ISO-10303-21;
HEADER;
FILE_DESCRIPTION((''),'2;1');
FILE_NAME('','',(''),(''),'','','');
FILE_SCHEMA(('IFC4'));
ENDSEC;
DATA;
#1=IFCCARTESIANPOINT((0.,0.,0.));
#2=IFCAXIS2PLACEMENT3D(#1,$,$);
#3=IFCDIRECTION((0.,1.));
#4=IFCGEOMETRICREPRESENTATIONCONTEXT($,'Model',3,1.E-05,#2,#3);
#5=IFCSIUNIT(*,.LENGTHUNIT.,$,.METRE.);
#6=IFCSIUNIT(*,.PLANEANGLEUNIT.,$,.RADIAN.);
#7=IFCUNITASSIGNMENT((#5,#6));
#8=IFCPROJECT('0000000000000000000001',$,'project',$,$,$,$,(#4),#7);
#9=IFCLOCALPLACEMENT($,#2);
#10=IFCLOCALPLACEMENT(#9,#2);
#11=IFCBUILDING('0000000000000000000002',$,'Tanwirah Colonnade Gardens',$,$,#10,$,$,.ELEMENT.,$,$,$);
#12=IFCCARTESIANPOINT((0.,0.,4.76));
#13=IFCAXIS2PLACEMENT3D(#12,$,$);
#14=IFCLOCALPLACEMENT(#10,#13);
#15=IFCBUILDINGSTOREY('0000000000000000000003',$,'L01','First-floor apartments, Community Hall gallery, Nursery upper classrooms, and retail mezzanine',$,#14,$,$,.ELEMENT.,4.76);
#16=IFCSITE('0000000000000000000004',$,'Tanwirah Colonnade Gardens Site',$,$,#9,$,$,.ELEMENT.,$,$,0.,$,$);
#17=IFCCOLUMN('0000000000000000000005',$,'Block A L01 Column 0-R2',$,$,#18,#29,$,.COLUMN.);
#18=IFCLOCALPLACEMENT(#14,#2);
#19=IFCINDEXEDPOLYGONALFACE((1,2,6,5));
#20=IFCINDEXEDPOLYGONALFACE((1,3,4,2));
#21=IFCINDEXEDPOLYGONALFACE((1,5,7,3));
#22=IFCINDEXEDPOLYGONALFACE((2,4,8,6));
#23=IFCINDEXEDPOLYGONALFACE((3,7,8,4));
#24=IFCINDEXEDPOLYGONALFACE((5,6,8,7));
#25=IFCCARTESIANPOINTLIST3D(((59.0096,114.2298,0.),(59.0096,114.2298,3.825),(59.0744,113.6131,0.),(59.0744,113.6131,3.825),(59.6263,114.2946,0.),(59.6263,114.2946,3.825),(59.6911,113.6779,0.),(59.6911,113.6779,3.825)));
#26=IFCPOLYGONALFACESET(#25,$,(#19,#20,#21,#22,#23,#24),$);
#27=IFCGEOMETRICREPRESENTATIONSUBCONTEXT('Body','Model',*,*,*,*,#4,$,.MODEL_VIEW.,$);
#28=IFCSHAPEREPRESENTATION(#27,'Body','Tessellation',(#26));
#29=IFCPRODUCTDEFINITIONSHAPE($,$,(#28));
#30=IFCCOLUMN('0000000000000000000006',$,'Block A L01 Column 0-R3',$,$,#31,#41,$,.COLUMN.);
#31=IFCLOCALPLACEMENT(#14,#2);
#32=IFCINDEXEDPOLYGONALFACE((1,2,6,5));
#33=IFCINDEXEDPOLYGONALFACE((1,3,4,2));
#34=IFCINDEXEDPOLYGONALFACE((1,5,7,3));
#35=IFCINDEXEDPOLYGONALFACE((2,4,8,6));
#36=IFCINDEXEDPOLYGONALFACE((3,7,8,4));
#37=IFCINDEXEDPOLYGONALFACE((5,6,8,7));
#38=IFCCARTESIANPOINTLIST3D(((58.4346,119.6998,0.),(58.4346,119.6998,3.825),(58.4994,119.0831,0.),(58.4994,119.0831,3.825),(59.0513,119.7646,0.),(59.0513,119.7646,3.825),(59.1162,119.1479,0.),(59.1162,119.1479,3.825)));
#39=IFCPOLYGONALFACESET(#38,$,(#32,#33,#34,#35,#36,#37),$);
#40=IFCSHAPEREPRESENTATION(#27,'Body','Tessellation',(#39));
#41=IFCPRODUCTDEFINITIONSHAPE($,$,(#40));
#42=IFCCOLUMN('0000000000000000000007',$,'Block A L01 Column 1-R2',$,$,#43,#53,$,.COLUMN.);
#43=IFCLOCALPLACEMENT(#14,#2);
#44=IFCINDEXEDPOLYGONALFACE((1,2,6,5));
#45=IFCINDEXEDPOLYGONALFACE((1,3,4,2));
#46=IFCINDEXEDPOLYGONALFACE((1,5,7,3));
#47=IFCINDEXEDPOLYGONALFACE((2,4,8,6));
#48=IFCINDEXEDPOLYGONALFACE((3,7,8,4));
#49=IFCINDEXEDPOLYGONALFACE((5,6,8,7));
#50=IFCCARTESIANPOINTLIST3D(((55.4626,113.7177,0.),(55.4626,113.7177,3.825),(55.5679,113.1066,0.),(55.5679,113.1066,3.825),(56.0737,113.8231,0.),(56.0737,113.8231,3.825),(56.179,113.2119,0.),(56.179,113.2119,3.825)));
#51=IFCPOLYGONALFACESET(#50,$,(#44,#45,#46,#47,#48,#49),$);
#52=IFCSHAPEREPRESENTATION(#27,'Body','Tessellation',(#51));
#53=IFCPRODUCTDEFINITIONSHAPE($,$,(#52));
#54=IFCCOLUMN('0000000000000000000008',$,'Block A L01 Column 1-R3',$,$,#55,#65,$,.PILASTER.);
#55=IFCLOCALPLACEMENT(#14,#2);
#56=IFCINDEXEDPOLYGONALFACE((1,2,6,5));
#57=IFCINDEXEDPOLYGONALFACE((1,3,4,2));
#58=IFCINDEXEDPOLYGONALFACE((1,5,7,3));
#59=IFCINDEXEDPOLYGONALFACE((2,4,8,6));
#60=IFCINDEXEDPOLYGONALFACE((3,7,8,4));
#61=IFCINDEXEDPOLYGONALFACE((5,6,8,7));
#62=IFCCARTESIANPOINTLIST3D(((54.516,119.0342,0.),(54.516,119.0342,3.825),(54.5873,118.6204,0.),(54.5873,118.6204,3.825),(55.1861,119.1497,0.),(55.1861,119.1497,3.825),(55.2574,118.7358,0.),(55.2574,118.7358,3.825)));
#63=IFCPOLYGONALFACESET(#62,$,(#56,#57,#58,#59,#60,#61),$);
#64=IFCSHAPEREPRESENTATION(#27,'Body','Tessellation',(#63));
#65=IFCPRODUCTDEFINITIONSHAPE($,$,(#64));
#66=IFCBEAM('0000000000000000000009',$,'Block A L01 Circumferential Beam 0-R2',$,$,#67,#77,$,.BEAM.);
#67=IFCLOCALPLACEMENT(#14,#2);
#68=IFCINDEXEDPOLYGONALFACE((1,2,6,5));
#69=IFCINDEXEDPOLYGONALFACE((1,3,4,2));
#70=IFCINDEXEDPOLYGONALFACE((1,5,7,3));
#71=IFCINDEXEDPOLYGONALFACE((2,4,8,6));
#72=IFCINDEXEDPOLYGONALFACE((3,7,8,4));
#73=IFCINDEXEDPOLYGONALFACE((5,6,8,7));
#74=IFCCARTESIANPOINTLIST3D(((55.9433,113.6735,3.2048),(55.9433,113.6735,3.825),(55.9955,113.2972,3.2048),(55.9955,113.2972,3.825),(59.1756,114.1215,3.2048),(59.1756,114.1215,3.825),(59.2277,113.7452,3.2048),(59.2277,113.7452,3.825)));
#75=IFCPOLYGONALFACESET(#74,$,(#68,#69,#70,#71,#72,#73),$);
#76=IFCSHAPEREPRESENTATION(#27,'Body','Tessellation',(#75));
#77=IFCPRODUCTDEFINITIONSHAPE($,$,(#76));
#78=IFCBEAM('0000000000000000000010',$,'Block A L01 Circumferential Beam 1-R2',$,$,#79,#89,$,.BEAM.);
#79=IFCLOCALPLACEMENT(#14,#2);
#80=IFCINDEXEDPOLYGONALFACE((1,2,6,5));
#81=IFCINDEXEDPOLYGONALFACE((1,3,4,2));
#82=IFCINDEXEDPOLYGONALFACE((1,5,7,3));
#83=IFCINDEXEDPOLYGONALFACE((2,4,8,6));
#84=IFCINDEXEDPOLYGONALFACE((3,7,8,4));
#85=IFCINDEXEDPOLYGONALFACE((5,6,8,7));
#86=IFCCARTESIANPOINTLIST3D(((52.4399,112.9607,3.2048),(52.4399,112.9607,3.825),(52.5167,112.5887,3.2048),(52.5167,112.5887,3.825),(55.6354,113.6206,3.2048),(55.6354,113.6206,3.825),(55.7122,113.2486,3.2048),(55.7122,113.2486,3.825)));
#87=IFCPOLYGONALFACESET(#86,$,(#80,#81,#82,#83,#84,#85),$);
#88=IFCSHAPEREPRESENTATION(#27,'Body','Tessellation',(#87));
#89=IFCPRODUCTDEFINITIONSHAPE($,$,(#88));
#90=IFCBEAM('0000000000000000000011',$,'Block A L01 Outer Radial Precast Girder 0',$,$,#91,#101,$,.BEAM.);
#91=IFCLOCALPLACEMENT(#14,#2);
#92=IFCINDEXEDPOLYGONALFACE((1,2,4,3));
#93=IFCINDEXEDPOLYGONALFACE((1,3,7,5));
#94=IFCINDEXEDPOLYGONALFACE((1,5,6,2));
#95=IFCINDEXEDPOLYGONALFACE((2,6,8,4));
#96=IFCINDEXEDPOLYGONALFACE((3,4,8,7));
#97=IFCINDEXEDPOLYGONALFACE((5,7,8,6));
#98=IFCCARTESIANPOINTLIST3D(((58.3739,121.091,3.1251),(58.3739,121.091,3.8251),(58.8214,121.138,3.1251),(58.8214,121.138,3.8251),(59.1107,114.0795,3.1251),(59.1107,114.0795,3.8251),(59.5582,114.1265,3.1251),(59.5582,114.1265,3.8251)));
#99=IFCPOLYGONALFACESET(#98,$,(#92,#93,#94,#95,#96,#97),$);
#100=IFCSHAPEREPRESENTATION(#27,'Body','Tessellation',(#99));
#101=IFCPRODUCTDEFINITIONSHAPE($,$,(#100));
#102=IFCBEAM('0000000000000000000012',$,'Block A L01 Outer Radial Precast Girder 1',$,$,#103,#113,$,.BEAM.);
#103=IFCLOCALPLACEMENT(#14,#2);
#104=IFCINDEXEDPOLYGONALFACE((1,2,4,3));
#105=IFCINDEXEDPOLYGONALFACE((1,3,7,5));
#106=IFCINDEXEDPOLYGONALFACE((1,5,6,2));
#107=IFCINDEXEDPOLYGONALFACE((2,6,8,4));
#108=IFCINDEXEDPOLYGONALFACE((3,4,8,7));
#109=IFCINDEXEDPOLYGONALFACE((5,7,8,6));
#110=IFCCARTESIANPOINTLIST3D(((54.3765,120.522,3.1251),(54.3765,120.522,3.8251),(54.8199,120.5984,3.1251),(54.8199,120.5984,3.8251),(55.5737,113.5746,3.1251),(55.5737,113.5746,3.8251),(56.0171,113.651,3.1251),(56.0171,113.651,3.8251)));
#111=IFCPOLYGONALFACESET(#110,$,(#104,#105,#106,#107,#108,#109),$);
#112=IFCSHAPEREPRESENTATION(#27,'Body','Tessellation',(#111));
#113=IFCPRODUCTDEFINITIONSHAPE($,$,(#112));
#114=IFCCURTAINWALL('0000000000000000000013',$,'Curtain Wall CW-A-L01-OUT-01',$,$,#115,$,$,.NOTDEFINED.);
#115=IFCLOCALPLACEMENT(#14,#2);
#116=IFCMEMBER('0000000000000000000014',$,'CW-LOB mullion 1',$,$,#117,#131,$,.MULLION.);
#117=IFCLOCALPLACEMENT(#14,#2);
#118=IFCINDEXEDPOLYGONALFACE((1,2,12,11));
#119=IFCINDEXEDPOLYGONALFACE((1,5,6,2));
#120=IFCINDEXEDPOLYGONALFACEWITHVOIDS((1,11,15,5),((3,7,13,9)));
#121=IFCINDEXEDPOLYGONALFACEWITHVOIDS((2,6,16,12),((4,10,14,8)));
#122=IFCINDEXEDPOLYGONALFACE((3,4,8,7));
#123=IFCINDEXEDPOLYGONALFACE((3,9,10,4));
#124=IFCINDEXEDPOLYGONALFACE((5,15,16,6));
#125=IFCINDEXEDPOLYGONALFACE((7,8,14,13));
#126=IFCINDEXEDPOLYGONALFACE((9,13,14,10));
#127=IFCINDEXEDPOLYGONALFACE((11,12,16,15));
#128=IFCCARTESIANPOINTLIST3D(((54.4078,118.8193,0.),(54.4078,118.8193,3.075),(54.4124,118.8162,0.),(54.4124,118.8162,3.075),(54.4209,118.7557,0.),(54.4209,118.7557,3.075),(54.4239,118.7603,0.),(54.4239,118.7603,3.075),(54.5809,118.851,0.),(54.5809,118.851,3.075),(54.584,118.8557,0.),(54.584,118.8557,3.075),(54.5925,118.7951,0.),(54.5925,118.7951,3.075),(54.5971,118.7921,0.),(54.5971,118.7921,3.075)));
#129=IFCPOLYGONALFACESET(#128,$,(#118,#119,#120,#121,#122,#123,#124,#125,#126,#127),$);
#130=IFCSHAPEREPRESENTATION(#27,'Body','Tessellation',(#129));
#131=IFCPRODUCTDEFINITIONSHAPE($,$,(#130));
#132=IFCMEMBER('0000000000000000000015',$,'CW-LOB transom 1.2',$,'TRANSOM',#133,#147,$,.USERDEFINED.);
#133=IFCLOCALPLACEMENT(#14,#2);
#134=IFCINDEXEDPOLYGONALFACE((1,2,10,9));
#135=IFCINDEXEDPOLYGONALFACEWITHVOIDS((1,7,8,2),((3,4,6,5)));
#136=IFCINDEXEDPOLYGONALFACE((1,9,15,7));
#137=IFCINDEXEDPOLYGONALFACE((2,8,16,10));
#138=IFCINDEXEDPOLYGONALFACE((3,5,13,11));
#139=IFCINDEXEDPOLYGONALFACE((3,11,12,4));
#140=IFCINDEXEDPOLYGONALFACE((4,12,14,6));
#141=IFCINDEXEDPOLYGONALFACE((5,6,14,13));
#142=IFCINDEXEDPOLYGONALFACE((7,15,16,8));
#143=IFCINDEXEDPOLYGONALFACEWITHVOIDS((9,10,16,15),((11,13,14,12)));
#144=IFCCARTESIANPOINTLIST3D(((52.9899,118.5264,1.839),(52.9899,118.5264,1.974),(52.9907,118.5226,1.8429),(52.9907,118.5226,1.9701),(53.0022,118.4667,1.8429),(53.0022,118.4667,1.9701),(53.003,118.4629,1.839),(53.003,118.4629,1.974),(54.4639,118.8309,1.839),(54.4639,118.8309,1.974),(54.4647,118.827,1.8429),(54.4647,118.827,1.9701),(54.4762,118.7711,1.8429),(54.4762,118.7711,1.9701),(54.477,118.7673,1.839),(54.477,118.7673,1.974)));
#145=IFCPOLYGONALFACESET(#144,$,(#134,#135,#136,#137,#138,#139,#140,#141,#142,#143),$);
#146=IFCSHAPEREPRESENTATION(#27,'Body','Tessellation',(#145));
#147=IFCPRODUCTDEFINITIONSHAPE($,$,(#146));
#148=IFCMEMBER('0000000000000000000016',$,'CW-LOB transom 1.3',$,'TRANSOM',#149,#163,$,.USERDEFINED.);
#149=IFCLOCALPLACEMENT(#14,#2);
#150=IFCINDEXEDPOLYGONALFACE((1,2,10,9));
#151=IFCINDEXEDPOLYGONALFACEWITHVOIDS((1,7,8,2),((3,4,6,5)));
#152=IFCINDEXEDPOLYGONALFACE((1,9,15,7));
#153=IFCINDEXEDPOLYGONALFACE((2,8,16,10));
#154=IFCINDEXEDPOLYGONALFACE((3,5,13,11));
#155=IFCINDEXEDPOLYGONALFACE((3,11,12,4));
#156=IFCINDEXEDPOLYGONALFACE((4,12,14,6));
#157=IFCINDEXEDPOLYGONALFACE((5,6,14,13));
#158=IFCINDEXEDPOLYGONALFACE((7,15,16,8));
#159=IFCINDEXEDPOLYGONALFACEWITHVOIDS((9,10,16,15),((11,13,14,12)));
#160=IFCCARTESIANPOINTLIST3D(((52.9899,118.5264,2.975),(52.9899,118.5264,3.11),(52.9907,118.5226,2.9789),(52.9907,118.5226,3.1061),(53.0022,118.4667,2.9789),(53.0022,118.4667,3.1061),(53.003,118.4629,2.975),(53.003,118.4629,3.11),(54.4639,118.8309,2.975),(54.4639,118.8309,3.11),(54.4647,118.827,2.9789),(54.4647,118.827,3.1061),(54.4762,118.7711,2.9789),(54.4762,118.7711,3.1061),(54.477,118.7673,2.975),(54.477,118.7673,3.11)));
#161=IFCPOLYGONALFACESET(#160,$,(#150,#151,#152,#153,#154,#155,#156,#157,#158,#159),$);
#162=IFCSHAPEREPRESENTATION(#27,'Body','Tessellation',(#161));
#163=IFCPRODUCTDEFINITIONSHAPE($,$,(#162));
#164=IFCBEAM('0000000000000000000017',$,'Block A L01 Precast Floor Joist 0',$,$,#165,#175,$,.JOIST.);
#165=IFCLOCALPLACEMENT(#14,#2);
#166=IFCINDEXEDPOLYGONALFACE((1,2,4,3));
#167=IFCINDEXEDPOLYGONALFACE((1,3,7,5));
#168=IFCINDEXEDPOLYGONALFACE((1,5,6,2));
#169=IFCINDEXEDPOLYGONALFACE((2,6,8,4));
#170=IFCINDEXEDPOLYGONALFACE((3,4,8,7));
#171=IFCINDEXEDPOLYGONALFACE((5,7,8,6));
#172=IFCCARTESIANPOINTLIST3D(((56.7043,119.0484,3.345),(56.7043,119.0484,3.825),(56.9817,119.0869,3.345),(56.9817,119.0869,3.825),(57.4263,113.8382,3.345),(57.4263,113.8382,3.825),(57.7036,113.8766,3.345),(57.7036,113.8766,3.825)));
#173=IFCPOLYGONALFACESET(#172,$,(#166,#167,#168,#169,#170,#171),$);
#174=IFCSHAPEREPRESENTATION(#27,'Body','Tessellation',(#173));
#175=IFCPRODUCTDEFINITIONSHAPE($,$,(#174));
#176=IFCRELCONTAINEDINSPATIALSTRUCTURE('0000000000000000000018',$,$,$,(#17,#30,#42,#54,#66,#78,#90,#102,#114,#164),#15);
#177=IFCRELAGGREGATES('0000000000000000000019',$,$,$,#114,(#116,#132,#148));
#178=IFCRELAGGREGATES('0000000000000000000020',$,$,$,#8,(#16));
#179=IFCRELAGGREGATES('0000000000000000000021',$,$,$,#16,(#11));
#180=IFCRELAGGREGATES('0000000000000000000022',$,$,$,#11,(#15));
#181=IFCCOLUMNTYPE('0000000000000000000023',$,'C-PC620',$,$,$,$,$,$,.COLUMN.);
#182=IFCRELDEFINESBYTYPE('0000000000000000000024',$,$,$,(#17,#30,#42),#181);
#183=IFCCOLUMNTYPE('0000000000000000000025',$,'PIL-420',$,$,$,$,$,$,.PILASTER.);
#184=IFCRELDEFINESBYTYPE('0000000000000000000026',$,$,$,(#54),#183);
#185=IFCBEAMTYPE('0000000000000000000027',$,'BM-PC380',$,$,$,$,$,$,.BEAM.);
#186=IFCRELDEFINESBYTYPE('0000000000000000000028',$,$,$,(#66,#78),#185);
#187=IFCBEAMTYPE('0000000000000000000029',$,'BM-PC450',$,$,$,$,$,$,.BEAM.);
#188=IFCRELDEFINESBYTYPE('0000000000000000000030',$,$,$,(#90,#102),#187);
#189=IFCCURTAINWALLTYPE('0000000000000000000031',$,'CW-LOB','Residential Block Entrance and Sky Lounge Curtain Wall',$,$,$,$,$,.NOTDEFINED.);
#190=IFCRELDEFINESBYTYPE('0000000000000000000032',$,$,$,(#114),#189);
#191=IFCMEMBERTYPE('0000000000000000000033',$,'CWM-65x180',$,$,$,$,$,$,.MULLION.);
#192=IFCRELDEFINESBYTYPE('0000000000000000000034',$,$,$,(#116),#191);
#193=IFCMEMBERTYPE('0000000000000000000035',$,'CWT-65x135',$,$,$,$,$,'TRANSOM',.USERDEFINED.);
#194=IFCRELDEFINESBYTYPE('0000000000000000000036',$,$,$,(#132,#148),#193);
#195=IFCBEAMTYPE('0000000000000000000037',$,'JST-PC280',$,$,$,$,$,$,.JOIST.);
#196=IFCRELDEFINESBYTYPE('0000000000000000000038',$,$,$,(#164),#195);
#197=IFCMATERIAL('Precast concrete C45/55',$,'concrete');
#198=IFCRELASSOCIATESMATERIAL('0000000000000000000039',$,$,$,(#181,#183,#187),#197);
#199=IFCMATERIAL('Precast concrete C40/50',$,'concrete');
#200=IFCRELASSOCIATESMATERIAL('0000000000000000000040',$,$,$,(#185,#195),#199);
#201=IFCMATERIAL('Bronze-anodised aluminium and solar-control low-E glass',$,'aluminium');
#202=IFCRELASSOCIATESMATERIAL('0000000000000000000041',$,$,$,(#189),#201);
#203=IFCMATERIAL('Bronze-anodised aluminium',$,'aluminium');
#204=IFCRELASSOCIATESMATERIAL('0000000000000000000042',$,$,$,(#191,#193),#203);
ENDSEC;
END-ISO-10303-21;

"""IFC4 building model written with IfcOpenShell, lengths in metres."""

from ifc_helpers import new_model, si_unit, direction, frame, origin, origin_2d, place, context, subcontext, project, spatial, rectangle, hollow_rectangle, extrude, material, material_profile, profile_set, type_object, element, aggregate, save


model = new_model("IFC4")

# Units and contexts
model_context = context("Model", 3, precision=1e-05, world=origin(), true_north=direction((0.0, 1.0)))
body_context = subcontext(model_context, "Body", "Model", "MODEL_VIEW")
ifc_project = project(units=[si_unit("LENGTHUNIT", "METRE"), si_unit("PLANEANGLEUNIT", "RADIAN")], contexts=[model_context])

# Site, building, storey
site_placement = place(None, origin())
site = spatial("IfcSite", under=ifc_project, at=site_placement, Name="Tanwirah Colonnade Gardens Site", CompositionType="ELEMENT", RefElevation=0.0)
building_placement = place(site_placement, origin())
building = spatial("IfcBuilding", under=site, at=building_placement, Name="Tanwirah Colonnade Gardens", CompositionType="ELEMENT")
storey_placement = place(building_placement, frame((0.0, 0.0, 4.76)))
storey = spatial("IfcBuildingStorey", under=building, at=storey_placement, Name="L01", Description="First-floor apartments, Community Hall gallery, Nursery upper classrooms, and retail mezzanine", CompositionType="ELEMENT", Elevation=4.76)

# Columns
ifc_material_1 = material(Name="Precast concrete C45/55", Category="concrete")
ifc_material_profile_1 = material_profile(ifc_material_1, rectangle(XDim=0.6201, YDim=0.6201, at=origin_2d()), Name="PC-COL 620x620")
ifc_profile_set_1 = profile_set([ifc_material_profile_1], Name="Precast concrete C45/55")
column_type_1 = type_object("IfcColumnType", Name="C-PC620", PredefinedType="COLUMN", material=ifc_profile_set_1)
for number, where, z_axis, x_axis, name in (
    (1, (59.3503, 113.9539, 0.0), (0.0, 0.0, 1.0), (-0.104528, 0.994522, 0.0), "Block A L01 Column 0-R2"),
    (2, (58.7754, 119.4238, 0.0), (0.0, 0.0, 1.0), (-0.104528, 0.994522, 0.0), "Block A L01 Column 0-R3"),
    (3, (55.8208, 113.4648, 0.0), (0.0, 0.0, 1.0), (-0.169827, 0.985474, 0.0), "Block A L01 Column 1-R2"),
):
    element("IfcColumn", number, at=place(storey_placement, frame(where, z_axis=z_axis, x_axis=x_axis)), inside=storey, type_object=column_type_1, Name=name, PredefinedType="COLUMN", context=body_context, shape_type="SweptSolid", body=[
        extrude(rectangle(XDim=0.6201, YDim=0.6201, at=origin_2d()), origin(), (0.0, 0.0, 1.0), 3.825),
    ])
ifc_material_profile_2 = material_profile(ifc_material_1, rectangle(XDim=0.4199, YDim=0.6799, at=origin_2d()), Name="PC-PIL 420x680")
ifc_profile_set_2 = profile_set([ifc_material_profile_2], Name="Precast concrete C45/55")
column_type_2 = type_object("IfcColumnType", Name="PIL-420", PredefinedType="PILASTER", material=ifc_profile_set_2)
column_placement = place(storey_placement, frame((54.8867, 118.885, 0.0), z_axis=(0.0, 0.0, 1.0), x_axis=(-0.169827, 0.985474, 0.0)))
element("IfcColumn", 4, at=column_placement, inside=storey, type_object=column_type_2, Name="Block A L01 Column 1-R3", PredefinedType="PILASTER", context=body_context, shape_type="SweptSolid", body=[
    extrude(rectangle(XDim=0.4199, YDim=0.6799, at=origin_2d()), origin(), (0.0, 0.0, 1.0), 3.825),
])

# Beams
ifc_material_2 = material(Name="Precast concrete C40/50", Category="concrete")
ifc_material_profile_3 = material_profile(ifc_material_2, rectangle(XDim=0.3799, YDim=0.6201, at=origin_2d()), Name="PC-BM 380x620")
ifc_profile_set_3 = profile_set([ifc_material_profile_3], Name="Precast concrete C40/50")
beam_type_1 = type_object("IfcBeamType", Name="BM-PC380", PredefinedType="BEAM", material=ifc_profile_set_3)
beam_1_placement = place(storey_placement, frame((59.2017, 113.9333, 3.5149), z_axis=(-0.99053, -0.137293, 0.0), x_axis=(0.137293, -0.99053, 0.0)))
element("IfcBeam", 5, at=beam_1_placement, inside=storey, type_object=beam_type_1, Name="Block A L01 Circumferential Beam 0-R2", PredefinedType="BEAM", context=body_context, shape_type="SweptSolid", body=[
    extrude(rectangle(XDim=0.3799, YDim=0.6201, at=origin_2d()), origin(), (0.0, 0.0, 1.0), 3.2632),
])
beam_2_placement = place(storey_placement, frame((55.6738, 113.4346, 3.5149), z_axis=(-0.979336, -0.202242, 0.0), x_axis=(0.202242, -0.979336, 0.0)))
element("IfcBeam", 6, at=beam_2_placement, inside=storey, type_object=beam_type_1, Name="Block A L01 Circumferential Beam 1-R2", PredefinedType="BEAM", context=body_context, shape_type="SweptSolid", body=[
    extrude(rectangle(XDim=0.3799, YDim=0.6201, at=origin_2d()), origin(), (0.0, 0.0, 1.0), 3.2629),
])
ifc_material_profile_4 = material_profile(ifc_material_1, rectangle(XDim=0.45, YDim=0.7, at=origin_2d()), Name="PC-BM 450x700")
ifc_profile_set_4 = profile_set([ifc_material_profile_4], Name="Precast concrete C45/55")
beam_type_2 = type_object("IfcBeamType", Name="BM-PC450", PredefinedType="BEAM", material=ifc_profile_set_4)
beam_3_placement = place(storey_placement, frame((59.3345, 114.103, 3.4751), z_axis=(-0.104512, 0.994524, 0.0), x_axis=(-0.994524, -0.104512, 0.0)))
element("IfcBeam", 7, at=beam_3_placement, inside=storey, type_object=beam_type_2, Name="Block A L01 Outer Radial Precast Girder 0", PredefinedType="BEAM", context=body_context, shape_type="SweptSolid", body=[
    extrude(rectangle(XDim=0.45, YDim=0.7, at=origin_2d()), origin(), (0.0, 0.0, 1.0), 7.05),
])
beam_4_placement = place(storey_placement, frame((55.7954, 113.6128, 3.4751), z_axis=(-0.169827, 0.985474, 0.0), x_axis=(-0.985474, -0.169827, 0.0)))
element("IfcBeam", 8, at=beam_4_placement, inside=storey, type_object=beam_type_2, Name="Block A L01 Outer Radial Precast Girder 1", PredefinedType="BEAM", context=body_context, shape_type="SweptSolid", body=[
    extrude(rectangle(XDim=0.45, YDim=0.7, at=origin_2d()), origin(), (0.0, 0.0, 1.0), 7.0498),
])

# Curtain wall, members
ifc_material_3 = material(Name="Bronze-anodised aluminium and solar-control low-E glass", Category="aluminium")
curtain_wall_type = type_object("IfcCurtainWallType", Name="CW-LOB", Description="Residential Block Entrance and Sky Lounge Curtain Wall", PredefinedType="NOTDEFINED", material=ifc_material_3)
curtain_wall_placement = place(storey_placement, origin())
curtain_wall = element("IfcCurtainWall", 9, at=curtain_wall_placement, inside=storey, type_object=curtain_wall_type, Name="Curtain Wall CW-A-L01-OUT-01", PredefinedType="NOTDEFINED")
ifc_material_4 = material(Name="Bronze-anodised aluminium", Category="aluminium")
ifc_material_profile_5 = material_profile(ifc_material_4, hollow_rectangle(XDim=0.0649, YDim=0.1799, WallThickness=0.0039, at=origin_2d()), Name="CW-MUL 65x180x4")
ifc_profile_set_5 = profile_set([ifc_material_profile_5], Name="Bronze-anodised aluminium")
member_type_1 = type_object("IfcMemberType", Name="CWM-65x180", PredefinedType="MULLION", material=ifc_profile_set_5)
member_1_placement = place(storey_placement, frame((54.5024, 118.8057, 0.0), z_axis=(0.0, 0.0, 1.0), x_axis=(0.202218, -0.979341, 0.0)))
member_1 = element("IfcMember", 10, at=member_1_placement, type_object=member_type_1, Name="CW-LOB mullion 1", PredefinedType="MULLION", context=body_context, shape_type="SweptSolid", body=[
    extrude(hollow_rectangle(XDim=0.0649, YDim=0.1799, WallThickness=0.0039, at=origin_2d()), origin(), (0.0, 0.0, 1.0), 3.075),
])
ifc_material_profile_6 = material_profile(ifc_material_4, hollow_rectangle(XDim=0.0649, YDim=0.135, WallThickness=0.0039, at=origin_2d()), Name="CW-TRN 65x135x4")
ifc_profile_set_6 = profile_set([ifc_material_profile_6], Name="Bronze-anodised aluminium")
member_type_2 = type_object("IfcMemberType", Name="CWT-65x135", ElementType="TRANSOM", PredefinedType="USERDEFINED", material=ifc_profile_set_6)
member_2_placement = place(storey_placement, frame((54.4705, 118.7991, 1.9065), z_axis=(-0.979332, -0.202257, 0.0), x_axis=(0.202257, -0.979332, 0.0)))
member_2 = element("IfcMember", 11, at=member_2_placement, type_object=member_type_2, Name="CW-LOB transom 1.2", ObjectType="TRANSOM", PredefinedType="USERDEFINED", context=body_context, shape_type="SweptSolid", body=[
    extrude(hollow_rectangle(XDim=0.0649, YDim=0.135, WallThickness=0.0039, at=origin_2d()), origin(), (0.0, 0.0, 1.0), 1.5051),
])
member_3_placement = place(storey_placement, frame((54.4705, 118.7991, 3.0425), z_axis=(-0.979332, -0.202257, 0.0), x_axis=(0.202257, -0.979332, 0.0)))
member_3 = element("IfcMember", 12, at=member_3_placement, type_object=member_type_2, Name="CW-LOB transom 1.3", ObjectType="TRANSOM", PredefinedType="USERDEFINED", context=body_context, shape_type="SweptSolid", body=[
    extrude(hollow_rectangle(XDim=0.0649, YDim=0.135, WallThickness=0.0039, at=origin_2d()), origin(), (0.0, 0.0, 1.0), 1.5051),
])
aggregate(curtain_wall, [member_1, member_2, member_3])

# Beam
ifc_material_profile_7 = material_profile(ifc_material_2, rectangle(XDim=0.28, YDim=0.48, at=origin_2d()), Name="PC-JST 280x480")
ifc_profile_set_7 = profile_set([ifc_material_profile_7], Name="Precast concrete C40/50")
beam_type_3 = type_object("IfcBeamType", Name="JST-PC280", PredefinedType="JOIST", material=ifc_profile_set_7)
beam_5_placement = place(storey_placement, frame((57.5649, 113.8574, 3.585), z_axis=(-0.137248, 0.990537, 0.0), x_axis=(-0.990537, -0.137248, 0.0)))
element("IfcBeam", 13, at=beam_5_placement, inside=storey, type_object=beam_type_3, Name="Block A L01 Precast Floor Joist 0", PredefinedType="JOIST", context=body_context, shape_type="SweptSolid", body=[
    extrude(rectangle(XDim=0.28, YDim=0.48, at=origin_2d()), origin(), (0.0, 0.0, 1.0), 5.26),
])

save(model, "model.ifc")
